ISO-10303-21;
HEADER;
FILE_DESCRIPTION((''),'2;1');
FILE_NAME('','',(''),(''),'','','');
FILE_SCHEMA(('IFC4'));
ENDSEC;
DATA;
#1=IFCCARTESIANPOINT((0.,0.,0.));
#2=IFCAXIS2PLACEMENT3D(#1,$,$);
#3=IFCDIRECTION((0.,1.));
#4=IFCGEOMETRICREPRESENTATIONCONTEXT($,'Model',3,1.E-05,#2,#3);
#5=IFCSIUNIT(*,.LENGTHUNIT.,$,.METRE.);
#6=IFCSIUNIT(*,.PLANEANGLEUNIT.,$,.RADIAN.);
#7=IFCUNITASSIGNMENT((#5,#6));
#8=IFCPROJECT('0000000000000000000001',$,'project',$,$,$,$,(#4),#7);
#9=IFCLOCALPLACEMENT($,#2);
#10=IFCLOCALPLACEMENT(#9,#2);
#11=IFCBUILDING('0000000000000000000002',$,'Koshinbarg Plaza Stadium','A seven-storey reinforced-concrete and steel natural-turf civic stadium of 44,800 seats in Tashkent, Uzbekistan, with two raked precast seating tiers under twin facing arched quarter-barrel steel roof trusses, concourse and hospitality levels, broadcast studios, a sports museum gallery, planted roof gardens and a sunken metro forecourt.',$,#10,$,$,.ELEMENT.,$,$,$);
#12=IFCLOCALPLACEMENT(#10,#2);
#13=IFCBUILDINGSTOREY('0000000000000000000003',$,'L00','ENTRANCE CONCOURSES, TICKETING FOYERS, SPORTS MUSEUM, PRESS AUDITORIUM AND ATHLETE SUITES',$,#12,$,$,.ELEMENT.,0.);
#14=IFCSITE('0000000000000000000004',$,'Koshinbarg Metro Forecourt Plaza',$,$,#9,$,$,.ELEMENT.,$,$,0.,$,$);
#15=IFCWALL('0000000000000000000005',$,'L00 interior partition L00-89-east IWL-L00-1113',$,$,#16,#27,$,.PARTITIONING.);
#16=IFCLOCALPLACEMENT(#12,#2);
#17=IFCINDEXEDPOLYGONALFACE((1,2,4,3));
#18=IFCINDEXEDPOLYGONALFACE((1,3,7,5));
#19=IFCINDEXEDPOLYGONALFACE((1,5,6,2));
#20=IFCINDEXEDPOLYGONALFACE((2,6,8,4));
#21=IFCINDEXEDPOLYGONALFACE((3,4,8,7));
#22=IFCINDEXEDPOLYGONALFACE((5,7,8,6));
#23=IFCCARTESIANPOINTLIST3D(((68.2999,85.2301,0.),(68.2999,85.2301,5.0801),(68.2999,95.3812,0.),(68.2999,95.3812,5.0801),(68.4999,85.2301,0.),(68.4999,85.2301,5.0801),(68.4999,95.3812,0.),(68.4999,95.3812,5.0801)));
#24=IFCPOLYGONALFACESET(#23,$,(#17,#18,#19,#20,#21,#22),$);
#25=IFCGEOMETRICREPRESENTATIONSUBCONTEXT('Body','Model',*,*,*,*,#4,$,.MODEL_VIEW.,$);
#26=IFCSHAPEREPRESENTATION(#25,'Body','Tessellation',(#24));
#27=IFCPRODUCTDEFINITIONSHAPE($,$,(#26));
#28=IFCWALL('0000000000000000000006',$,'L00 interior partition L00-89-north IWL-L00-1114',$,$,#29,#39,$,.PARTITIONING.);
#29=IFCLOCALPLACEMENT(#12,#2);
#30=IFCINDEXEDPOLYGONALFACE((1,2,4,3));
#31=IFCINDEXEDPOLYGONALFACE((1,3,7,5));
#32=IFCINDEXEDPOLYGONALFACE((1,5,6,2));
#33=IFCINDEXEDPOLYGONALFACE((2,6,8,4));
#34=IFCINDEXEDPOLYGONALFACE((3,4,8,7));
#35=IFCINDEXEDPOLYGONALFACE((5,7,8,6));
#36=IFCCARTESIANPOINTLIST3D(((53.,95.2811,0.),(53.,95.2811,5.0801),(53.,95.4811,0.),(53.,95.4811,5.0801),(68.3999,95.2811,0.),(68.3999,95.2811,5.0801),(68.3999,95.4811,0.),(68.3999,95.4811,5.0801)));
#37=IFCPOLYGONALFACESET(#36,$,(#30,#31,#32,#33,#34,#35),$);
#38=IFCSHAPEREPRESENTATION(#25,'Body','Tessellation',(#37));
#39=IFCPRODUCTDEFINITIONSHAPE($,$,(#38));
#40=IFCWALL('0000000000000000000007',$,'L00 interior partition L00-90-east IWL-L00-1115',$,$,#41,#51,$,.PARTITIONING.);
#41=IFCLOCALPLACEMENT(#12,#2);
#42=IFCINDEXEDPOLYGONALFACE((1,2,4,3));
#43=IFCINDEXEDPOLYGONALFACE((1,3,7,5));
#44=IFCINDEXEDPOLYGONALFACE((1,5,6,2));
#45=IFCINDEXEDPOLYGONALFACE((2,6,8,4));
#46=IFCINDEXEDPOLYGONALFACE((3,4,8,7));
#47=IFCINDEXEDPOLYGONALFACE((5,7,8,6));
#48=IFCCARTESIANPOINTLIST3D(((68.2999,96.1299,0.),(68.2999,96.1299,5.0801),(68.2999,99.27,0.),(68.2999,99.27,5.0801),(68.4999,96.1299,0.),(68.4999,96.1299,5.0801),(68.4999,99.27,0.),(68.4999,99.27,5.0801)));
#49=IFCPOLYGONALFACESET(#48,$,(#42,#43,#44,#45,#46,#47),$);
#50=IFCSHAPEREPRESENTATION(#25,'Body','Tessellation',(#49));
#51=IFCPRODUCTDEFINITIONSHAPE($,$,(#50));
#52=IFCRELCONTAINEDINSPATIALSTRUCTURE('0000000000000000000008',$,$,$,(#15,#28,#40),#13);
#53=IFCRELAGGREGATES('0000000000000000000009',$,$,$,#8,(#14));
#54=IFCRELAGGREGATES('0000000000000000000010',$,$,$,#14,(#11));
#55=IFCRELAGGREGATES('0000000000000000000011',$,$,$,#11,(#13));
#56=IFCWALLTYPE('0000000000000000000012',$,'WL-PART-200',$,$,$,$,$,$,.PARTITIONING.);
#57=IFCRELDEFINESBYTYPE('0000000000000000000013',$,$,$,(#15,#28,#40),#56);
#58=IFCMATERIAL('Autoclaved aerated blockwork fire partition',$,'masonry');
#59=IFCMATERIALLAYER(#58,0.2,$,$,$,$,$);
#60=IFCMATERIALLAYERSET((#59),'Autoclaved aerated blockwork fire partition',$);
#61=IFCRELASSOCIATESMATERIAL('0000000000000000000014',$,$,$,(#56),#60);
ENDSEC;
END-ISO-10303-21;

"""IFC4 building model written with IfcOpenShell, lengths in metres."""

from ifc_helpers import new_model, si_unit, direction, frame, frame_2d, origin, place, context, subcontext, project, spatial, rectangle, extrude, material, layer, layer_set, type_object, element, save


model = new_model("IFC4")

# Units and contexts
model_context = context("Model", 3, precision=1e-05, world=origin(), true_north=direction((0.0, 1.0)))
body_context = subcontext(model_context, "Body", "Model", "MODEL_VIEW")
ifc_project = project(units=[si_unit("LENGTHUNIT", "METRE"), si_unit("PLANEANGLEUNIT", "RADIAN")], contexts=[model_context])

# Site, building, storey
site_placement = place(None, origin())
site = spatial("IfcSite", under=ifc_project, at=site_placement, Name="Koshinbarg Metro Forecourt Plaza", CompositionType="ELEMENT", RefElevation=0.0)
building_placement = place(site_placement, origin())
building = spatial("IfcBuilding", under=site, at=building_placement, Name="Koshinbarg Plaza Stadium", Description="A seven-storey reinforced-concrete and steel natural-turf civic stadium of 44,800 seats in Tashkent, Uzbekistan, with two raked precast seating tiers under twin facing arched quarter-barrel steel roof trusses, concourse and hospitality levels, broadcast studios, a sports museum gallery, planted roof gardens and a sunken metro forecourt.", CompositionType="ELEMENT")
storey_placement = place(building_placement, origin())
storey = spatial("IfcBuildingStorey", under=building, at=storey_placement, Name="L00", Description="ENTRANCE CONCOURSES, TICKETING FOYERS, SPORTS MUSEUM, PRESS AUDITORIUM AND ATHLETE SUITES", CompositionType="ELEMENT", Elevation=0.0)

# Shared definitions
ifc_material_1 = material(Name="Autoclaved aerated blockwork fire partition", Category="masonry")
ifc_layer = layer(ifc_material_1, 0.2)
ifc_layer_set = layer_set([ifc_layer], Name="Autoclaved aerated blockwork fire partition")
wall_type = type_object("IfcWallType", Name="WL-PART-200", PredefinedType="PARTITIONING", material=ifc_layer_set)

# Walls
wall_1_placement = place(storey_placement, frame((68.3999, 85.23, 0.0), z_axis=(0.0, 0.0, 1.0), x_axis=(0.0, 1.0, 0.0)))
element("IfcWall", 1, at=wall_1_placement, inside=storey, type_object=wall_type, Name="L00 interior partition L00-89-east IWL-L00-1113", PredefinedType="PARTITIONING", context=body_context, shape_type="SweptSolid", body=[
    extrude(rectangle(XDim=10.1511, YDim=0.2, at=frame_2d((5.0757, 0.0))), origin(), (0.0, 0.0, 1.0), 5.0801),
])
wall_2_placement = place(storey_placement, frame((68.3999, 95.3811, 0.0), z_axis=(0.0, 0.0, 1.0), x_axis=(-1.0, 0.0, 0.0)))
element("IfcWall", 2, at=wall_2_placement, inside=storey, type_object=wall_type, Name="L00 interior partition L00-89-north IWL-L00-1114", PredefinedType="PARTITIONING", context=body_context, shape_type="SweptSolid", body=[
    extrude(rectangle(XDim=15.3999, YDim=0.2, at=frame_2d((7.7, 0.0))), origin(), (0.0, 0.0, 1.0), 5.0801),
])
wall_3_placement = place(storey_placement, frame((68.3999, 96.1299, 0.0), z_axis=(0.0, 0.0, 1.0), x_axis=(0.0, 1.0, 0.0)))
element("IfcWall", 3, at=wall_3_placement, inside=storey, type_object=wall_type, Name="L00 interior partition L00-90-east IWL-L00-1115", PredefinedType="PARTITIONING", context=body_context, shape_type="SweptSolid", body=[
    extrude(rectangle(XDim=3.1401, YDim=0.2, at=frame_2d((1.5701, 0.0))), origin(), (0.0, 0.0, 1.0), 5.0801),
])

save(model, "model.ifc")
